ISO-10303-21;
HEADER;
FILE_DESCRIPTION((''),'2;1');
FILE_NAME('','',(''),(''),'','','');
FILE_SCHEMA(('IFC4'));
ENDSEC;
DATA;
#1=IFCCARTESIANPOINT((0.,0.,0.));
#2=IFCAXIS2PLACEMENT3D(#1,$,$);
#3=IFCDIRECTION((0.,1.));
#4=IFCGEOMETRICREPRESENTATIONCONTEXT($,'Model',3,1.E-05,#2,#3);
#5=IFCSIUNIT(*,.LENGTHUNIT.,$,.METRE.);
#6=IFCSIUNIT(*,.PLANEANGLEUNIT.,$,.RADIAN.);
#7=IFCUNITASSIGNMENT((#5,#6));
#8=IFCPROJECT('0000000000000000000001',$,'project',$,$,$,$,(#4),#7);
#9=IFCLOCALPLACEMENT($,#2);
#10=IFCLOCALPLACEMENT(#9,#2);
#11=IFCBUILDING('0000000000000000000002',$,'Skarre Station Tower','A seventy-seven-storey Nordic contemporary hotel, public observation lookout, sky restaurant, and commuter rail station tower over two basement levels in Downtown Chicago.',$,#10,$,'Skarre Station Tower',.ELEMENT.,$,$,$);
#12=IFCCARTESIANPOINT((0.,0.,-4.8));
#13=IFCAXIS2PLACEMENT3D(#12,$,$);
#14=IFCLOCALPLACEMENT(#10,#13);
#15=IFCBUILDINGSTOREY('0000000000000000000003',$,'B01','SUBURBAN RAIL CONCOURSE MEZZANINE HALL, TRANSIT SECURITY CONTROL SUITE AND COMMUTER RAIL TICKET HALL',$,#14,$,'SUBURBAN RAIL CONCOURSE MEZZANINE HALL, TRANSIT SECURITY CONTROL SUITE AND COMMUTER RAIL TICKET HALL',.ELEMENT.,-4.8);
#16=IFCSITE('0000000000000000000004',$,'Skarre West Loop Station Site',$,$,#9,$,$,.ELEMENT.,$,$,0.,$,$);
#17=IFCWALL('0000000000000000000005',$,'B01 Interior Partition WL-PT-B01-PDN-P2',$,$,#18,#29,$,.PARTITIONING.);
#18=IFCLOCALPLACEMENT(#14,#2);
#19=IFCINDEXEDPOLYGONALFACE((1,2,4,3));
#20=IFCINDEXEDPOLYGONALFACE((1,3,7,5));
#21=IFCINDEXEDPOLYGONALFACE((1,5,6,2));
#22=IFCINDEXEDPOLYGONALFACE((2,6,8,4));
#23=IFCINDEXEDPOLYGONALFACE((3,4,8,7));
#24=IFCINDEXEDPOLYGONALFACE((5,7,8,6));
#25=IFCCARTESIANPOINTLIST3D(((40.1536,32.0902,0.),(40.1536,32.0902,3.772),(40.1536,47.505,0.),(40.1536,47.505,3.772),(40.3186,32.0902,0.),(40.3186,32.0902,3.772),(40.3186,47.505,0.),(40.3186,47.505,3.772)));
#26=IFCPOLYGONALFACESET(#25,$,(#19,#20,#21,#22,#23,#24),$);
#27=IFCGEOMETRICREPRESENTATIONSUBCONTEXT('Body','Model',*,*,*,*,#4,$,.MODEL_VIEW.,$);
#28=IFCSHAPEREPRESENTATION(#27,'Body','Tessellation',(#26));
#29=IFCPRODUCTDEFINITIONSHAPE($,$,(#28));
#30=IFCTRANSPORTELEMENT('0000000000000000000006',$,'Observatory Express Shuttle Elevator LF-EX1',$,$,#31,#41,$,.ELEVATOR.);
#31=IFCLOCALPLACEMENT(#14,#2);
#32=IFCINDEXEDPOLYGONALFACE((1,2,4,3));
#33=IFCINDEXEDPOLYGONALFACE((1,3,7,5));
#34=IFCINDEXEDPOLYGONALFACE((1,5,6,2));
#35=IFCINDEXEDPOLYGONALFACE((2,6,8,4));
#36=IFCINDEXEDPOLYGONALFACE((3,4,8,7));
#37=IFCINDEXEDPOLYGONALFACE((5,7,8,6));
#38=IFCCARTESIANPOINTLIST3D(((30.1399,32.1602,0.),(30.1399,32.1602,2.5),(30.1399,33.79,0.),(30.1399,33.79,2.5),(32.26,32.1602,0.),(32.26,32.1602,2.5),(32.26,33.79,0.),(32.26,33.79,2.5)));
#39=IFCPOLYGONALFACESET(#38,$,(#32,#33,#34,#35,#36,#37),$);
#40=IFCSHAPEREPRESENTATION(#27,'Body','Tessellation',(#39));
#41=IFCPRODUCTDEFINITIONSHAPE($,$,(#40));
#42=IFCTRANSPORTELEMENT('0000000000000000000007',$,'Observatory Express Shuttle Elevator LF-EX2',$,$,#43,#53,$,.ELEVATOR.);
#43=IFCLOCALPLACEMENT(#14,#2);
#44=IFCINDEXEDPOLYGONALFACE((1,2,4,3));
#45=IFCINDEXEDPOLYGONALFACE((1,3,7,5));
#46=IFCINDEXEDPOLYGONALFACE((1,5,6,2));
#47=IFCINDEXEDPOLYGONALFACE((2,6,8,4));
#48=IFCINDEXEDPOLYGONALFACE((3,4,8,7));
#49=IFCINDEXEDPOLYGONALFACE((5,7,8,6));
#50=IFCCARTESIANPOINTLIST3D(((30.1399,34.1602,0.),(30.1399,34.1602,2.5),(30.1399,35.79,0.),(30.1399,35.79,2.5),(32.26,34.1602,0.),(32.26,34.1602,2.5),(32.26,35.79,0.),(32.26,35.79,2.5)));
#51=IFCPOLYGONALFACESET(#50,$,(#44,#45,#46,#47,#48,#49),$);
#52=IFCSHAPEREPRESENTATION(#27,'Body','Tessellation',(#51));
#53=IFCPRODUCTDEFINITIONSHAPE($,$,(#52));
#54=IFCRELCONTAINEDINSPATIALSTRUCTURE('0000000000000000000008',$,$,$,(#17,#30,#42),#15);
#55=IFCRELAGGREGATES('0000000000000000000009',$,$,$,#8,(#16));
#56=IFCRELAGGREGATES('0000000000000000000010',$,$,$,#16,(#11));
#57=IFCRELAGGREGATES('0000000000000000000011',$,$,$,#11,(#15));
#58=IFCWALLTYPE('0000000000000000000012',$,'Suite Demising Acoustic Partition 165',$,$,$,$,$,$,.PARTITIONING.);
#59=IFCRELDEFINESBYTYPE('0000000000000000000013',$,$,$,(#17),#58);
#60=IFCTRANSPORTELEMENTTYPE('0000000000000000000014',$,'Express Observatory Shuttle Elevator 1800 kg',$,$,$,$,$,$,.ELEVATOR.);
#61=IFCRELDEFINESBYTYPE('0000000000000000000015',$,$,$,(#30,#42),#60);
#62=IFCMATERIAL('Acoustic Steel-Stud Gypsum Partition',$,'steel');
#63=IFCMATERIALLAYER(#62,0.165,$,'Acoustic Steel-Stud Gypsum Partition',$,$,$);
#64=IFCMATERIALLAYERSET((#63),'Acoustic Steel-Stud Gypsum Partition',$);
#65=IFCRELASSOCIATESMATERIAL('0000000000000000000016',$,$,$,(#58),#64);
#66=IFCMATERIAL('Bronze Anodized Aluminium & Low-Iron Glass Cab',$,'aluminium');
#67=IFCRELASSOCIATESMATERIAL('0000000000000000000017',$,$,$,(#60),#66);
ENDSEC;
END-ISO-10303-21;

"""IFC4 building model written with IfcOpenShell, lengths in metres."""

from ifc_helpers import new_model, si_unit, direction, frame, frame_2d, origin, origin_2d, place, context, subcontext, project, spatial, rectangle, extrude, material, layer, layer_set, type_object, element, save


model = new_model("IFC4")

# Units and contexts
model_context = context("Model", 3, precision=1e-05, world=origin(), true_north=direction((0.0, 1.0)))
body_context = subcontext(model_context, "Body", "Model", "MODEL_VIEW")
ifc_project = project(units=[si_unit("LENGTHUNIT", "METRE"), si_unit("PLANEANGLEUNIT", "RADIAN")], contexts=[model_context])

# Site, building, storey
site_placement = place(None, origin())
site = spatial("IfcSite", under=ifc_project, at=site_placement, Name="Skarre West Loop Station Site", CompositionType="ELEMENT", RefElevation=0.0)
building_placement = place(site_placement, origin())
building = spatial("IfcBuilding", under=site, at=building_placement, Name="Skarre Station Tower", Description="A seventy-seven-storey Nordic contemporary hotel, public observation lookout, sky restaurant, and commuter rail station tower over two basement levels in Downtown Chicago.", LongName="Skarre Station Tower", CompositionType="ELEMENT")
storey_placement = place(building_placement, frame((0.0, 0.0, -4.8)))
storey = spatial("IfcBuildingStorey", under=building, at=storey_placement, Name="B01", Description="SUBURBAN RAIL CONCOURSE MEZZANINE HALL, TRANSIT SECURITY CONTROL SUITE AND COMMUTER RAIL TICKET HALL", LongName="SUBURBAN RAIL CONCOURSE MEZZANINE HALL, TRANSIT SECURITY CONTROL SUITE AND COMMUTER RAIL TICKET HALL", CompositionType="ELEMENT", Elevation=-4.8)

# Shared definitions
ifc_material_1 = material(Name="Acoustic Steel-Stud Gypsum Partition", Category="steel")

# Wall
ifc_layer_1 = layer(ifc_material_1, 0.165, Name="Acoustic Steel-Stud Gypsum Partition")
ifc_layer_set_1 = layer_set([ifc_layer_1], Name="Acoustic Steel-Stud Gypsum Partition")
wall_type_1 = type_object("IfcWallType", Name="Suite Demising Acoustic Partition 165", PredefinedType="PARTITIONING", material=ifc_layer_set_1)
wall_1_placement = place(storey_placement, frame((40.2361, 32.0901, 0.0), z_axis=(0.0, 0.0, 1.0), x_axis=(0.0, 1.0, 0.0)))
element("IfcWall", 1, at=wall_1_placement, inside=storey, type_object=wall_type_1, Name="B01 Interior Partition WL-PT-B01-PDN-P2", PredefinedType="PARTITIONING", context=body_context, shape_type="SweptSolid", body=[
    extrude(rectangle(XDim=15.4148, YDim=0.165, at=frame_2d((7.7075, 0.0))), origin(), (0.0, 0.0, 1.0), 3.772),
])

# Transport elements
ifc_material_2 = material(Name="Bronze Anodized Aluminium & Low-Iron Glass Cab", Category="aluminium")
transport_element_type = type_object("IfcTransportElementType", Name="Express Observatory Shuttle Elevator 1800 kg", PredefinedType="ELEVATOR", material=ifc_material_2)
for number, where, z_axis, x_axis, name in (
    (2, (31.2, 32.9751, 0.0), (0.0, 0.0, 1.0), (1.0, 0.0, 0.0), "Observatory Express Shuttle Elevator LF-EX1"),
    (3, (31.2, 34.9751, 0.0), (0.0, 0.0, 1.0), (1.0, 0.0, 0.0), "Observatory Express Shuttle Elevator LF-EX2"),
):
    element("IfcTransportElement", number, at=place(storey_placement, frame(where, z_axis=z_axis, x_axis=x_axis)), inside=storey, type_object=transport_element_type, Name=name, PredefinedType="ELEVATOR", context=body_context, shape_type="SweptSolid", body=[
        extrude(rectangle(XDim=2.1201, YDim=1.6299, at=origin_2d()), origin(), (0.0, 0.0, 1.0), 2.5),
    ])

save(model, "model.ifc")
